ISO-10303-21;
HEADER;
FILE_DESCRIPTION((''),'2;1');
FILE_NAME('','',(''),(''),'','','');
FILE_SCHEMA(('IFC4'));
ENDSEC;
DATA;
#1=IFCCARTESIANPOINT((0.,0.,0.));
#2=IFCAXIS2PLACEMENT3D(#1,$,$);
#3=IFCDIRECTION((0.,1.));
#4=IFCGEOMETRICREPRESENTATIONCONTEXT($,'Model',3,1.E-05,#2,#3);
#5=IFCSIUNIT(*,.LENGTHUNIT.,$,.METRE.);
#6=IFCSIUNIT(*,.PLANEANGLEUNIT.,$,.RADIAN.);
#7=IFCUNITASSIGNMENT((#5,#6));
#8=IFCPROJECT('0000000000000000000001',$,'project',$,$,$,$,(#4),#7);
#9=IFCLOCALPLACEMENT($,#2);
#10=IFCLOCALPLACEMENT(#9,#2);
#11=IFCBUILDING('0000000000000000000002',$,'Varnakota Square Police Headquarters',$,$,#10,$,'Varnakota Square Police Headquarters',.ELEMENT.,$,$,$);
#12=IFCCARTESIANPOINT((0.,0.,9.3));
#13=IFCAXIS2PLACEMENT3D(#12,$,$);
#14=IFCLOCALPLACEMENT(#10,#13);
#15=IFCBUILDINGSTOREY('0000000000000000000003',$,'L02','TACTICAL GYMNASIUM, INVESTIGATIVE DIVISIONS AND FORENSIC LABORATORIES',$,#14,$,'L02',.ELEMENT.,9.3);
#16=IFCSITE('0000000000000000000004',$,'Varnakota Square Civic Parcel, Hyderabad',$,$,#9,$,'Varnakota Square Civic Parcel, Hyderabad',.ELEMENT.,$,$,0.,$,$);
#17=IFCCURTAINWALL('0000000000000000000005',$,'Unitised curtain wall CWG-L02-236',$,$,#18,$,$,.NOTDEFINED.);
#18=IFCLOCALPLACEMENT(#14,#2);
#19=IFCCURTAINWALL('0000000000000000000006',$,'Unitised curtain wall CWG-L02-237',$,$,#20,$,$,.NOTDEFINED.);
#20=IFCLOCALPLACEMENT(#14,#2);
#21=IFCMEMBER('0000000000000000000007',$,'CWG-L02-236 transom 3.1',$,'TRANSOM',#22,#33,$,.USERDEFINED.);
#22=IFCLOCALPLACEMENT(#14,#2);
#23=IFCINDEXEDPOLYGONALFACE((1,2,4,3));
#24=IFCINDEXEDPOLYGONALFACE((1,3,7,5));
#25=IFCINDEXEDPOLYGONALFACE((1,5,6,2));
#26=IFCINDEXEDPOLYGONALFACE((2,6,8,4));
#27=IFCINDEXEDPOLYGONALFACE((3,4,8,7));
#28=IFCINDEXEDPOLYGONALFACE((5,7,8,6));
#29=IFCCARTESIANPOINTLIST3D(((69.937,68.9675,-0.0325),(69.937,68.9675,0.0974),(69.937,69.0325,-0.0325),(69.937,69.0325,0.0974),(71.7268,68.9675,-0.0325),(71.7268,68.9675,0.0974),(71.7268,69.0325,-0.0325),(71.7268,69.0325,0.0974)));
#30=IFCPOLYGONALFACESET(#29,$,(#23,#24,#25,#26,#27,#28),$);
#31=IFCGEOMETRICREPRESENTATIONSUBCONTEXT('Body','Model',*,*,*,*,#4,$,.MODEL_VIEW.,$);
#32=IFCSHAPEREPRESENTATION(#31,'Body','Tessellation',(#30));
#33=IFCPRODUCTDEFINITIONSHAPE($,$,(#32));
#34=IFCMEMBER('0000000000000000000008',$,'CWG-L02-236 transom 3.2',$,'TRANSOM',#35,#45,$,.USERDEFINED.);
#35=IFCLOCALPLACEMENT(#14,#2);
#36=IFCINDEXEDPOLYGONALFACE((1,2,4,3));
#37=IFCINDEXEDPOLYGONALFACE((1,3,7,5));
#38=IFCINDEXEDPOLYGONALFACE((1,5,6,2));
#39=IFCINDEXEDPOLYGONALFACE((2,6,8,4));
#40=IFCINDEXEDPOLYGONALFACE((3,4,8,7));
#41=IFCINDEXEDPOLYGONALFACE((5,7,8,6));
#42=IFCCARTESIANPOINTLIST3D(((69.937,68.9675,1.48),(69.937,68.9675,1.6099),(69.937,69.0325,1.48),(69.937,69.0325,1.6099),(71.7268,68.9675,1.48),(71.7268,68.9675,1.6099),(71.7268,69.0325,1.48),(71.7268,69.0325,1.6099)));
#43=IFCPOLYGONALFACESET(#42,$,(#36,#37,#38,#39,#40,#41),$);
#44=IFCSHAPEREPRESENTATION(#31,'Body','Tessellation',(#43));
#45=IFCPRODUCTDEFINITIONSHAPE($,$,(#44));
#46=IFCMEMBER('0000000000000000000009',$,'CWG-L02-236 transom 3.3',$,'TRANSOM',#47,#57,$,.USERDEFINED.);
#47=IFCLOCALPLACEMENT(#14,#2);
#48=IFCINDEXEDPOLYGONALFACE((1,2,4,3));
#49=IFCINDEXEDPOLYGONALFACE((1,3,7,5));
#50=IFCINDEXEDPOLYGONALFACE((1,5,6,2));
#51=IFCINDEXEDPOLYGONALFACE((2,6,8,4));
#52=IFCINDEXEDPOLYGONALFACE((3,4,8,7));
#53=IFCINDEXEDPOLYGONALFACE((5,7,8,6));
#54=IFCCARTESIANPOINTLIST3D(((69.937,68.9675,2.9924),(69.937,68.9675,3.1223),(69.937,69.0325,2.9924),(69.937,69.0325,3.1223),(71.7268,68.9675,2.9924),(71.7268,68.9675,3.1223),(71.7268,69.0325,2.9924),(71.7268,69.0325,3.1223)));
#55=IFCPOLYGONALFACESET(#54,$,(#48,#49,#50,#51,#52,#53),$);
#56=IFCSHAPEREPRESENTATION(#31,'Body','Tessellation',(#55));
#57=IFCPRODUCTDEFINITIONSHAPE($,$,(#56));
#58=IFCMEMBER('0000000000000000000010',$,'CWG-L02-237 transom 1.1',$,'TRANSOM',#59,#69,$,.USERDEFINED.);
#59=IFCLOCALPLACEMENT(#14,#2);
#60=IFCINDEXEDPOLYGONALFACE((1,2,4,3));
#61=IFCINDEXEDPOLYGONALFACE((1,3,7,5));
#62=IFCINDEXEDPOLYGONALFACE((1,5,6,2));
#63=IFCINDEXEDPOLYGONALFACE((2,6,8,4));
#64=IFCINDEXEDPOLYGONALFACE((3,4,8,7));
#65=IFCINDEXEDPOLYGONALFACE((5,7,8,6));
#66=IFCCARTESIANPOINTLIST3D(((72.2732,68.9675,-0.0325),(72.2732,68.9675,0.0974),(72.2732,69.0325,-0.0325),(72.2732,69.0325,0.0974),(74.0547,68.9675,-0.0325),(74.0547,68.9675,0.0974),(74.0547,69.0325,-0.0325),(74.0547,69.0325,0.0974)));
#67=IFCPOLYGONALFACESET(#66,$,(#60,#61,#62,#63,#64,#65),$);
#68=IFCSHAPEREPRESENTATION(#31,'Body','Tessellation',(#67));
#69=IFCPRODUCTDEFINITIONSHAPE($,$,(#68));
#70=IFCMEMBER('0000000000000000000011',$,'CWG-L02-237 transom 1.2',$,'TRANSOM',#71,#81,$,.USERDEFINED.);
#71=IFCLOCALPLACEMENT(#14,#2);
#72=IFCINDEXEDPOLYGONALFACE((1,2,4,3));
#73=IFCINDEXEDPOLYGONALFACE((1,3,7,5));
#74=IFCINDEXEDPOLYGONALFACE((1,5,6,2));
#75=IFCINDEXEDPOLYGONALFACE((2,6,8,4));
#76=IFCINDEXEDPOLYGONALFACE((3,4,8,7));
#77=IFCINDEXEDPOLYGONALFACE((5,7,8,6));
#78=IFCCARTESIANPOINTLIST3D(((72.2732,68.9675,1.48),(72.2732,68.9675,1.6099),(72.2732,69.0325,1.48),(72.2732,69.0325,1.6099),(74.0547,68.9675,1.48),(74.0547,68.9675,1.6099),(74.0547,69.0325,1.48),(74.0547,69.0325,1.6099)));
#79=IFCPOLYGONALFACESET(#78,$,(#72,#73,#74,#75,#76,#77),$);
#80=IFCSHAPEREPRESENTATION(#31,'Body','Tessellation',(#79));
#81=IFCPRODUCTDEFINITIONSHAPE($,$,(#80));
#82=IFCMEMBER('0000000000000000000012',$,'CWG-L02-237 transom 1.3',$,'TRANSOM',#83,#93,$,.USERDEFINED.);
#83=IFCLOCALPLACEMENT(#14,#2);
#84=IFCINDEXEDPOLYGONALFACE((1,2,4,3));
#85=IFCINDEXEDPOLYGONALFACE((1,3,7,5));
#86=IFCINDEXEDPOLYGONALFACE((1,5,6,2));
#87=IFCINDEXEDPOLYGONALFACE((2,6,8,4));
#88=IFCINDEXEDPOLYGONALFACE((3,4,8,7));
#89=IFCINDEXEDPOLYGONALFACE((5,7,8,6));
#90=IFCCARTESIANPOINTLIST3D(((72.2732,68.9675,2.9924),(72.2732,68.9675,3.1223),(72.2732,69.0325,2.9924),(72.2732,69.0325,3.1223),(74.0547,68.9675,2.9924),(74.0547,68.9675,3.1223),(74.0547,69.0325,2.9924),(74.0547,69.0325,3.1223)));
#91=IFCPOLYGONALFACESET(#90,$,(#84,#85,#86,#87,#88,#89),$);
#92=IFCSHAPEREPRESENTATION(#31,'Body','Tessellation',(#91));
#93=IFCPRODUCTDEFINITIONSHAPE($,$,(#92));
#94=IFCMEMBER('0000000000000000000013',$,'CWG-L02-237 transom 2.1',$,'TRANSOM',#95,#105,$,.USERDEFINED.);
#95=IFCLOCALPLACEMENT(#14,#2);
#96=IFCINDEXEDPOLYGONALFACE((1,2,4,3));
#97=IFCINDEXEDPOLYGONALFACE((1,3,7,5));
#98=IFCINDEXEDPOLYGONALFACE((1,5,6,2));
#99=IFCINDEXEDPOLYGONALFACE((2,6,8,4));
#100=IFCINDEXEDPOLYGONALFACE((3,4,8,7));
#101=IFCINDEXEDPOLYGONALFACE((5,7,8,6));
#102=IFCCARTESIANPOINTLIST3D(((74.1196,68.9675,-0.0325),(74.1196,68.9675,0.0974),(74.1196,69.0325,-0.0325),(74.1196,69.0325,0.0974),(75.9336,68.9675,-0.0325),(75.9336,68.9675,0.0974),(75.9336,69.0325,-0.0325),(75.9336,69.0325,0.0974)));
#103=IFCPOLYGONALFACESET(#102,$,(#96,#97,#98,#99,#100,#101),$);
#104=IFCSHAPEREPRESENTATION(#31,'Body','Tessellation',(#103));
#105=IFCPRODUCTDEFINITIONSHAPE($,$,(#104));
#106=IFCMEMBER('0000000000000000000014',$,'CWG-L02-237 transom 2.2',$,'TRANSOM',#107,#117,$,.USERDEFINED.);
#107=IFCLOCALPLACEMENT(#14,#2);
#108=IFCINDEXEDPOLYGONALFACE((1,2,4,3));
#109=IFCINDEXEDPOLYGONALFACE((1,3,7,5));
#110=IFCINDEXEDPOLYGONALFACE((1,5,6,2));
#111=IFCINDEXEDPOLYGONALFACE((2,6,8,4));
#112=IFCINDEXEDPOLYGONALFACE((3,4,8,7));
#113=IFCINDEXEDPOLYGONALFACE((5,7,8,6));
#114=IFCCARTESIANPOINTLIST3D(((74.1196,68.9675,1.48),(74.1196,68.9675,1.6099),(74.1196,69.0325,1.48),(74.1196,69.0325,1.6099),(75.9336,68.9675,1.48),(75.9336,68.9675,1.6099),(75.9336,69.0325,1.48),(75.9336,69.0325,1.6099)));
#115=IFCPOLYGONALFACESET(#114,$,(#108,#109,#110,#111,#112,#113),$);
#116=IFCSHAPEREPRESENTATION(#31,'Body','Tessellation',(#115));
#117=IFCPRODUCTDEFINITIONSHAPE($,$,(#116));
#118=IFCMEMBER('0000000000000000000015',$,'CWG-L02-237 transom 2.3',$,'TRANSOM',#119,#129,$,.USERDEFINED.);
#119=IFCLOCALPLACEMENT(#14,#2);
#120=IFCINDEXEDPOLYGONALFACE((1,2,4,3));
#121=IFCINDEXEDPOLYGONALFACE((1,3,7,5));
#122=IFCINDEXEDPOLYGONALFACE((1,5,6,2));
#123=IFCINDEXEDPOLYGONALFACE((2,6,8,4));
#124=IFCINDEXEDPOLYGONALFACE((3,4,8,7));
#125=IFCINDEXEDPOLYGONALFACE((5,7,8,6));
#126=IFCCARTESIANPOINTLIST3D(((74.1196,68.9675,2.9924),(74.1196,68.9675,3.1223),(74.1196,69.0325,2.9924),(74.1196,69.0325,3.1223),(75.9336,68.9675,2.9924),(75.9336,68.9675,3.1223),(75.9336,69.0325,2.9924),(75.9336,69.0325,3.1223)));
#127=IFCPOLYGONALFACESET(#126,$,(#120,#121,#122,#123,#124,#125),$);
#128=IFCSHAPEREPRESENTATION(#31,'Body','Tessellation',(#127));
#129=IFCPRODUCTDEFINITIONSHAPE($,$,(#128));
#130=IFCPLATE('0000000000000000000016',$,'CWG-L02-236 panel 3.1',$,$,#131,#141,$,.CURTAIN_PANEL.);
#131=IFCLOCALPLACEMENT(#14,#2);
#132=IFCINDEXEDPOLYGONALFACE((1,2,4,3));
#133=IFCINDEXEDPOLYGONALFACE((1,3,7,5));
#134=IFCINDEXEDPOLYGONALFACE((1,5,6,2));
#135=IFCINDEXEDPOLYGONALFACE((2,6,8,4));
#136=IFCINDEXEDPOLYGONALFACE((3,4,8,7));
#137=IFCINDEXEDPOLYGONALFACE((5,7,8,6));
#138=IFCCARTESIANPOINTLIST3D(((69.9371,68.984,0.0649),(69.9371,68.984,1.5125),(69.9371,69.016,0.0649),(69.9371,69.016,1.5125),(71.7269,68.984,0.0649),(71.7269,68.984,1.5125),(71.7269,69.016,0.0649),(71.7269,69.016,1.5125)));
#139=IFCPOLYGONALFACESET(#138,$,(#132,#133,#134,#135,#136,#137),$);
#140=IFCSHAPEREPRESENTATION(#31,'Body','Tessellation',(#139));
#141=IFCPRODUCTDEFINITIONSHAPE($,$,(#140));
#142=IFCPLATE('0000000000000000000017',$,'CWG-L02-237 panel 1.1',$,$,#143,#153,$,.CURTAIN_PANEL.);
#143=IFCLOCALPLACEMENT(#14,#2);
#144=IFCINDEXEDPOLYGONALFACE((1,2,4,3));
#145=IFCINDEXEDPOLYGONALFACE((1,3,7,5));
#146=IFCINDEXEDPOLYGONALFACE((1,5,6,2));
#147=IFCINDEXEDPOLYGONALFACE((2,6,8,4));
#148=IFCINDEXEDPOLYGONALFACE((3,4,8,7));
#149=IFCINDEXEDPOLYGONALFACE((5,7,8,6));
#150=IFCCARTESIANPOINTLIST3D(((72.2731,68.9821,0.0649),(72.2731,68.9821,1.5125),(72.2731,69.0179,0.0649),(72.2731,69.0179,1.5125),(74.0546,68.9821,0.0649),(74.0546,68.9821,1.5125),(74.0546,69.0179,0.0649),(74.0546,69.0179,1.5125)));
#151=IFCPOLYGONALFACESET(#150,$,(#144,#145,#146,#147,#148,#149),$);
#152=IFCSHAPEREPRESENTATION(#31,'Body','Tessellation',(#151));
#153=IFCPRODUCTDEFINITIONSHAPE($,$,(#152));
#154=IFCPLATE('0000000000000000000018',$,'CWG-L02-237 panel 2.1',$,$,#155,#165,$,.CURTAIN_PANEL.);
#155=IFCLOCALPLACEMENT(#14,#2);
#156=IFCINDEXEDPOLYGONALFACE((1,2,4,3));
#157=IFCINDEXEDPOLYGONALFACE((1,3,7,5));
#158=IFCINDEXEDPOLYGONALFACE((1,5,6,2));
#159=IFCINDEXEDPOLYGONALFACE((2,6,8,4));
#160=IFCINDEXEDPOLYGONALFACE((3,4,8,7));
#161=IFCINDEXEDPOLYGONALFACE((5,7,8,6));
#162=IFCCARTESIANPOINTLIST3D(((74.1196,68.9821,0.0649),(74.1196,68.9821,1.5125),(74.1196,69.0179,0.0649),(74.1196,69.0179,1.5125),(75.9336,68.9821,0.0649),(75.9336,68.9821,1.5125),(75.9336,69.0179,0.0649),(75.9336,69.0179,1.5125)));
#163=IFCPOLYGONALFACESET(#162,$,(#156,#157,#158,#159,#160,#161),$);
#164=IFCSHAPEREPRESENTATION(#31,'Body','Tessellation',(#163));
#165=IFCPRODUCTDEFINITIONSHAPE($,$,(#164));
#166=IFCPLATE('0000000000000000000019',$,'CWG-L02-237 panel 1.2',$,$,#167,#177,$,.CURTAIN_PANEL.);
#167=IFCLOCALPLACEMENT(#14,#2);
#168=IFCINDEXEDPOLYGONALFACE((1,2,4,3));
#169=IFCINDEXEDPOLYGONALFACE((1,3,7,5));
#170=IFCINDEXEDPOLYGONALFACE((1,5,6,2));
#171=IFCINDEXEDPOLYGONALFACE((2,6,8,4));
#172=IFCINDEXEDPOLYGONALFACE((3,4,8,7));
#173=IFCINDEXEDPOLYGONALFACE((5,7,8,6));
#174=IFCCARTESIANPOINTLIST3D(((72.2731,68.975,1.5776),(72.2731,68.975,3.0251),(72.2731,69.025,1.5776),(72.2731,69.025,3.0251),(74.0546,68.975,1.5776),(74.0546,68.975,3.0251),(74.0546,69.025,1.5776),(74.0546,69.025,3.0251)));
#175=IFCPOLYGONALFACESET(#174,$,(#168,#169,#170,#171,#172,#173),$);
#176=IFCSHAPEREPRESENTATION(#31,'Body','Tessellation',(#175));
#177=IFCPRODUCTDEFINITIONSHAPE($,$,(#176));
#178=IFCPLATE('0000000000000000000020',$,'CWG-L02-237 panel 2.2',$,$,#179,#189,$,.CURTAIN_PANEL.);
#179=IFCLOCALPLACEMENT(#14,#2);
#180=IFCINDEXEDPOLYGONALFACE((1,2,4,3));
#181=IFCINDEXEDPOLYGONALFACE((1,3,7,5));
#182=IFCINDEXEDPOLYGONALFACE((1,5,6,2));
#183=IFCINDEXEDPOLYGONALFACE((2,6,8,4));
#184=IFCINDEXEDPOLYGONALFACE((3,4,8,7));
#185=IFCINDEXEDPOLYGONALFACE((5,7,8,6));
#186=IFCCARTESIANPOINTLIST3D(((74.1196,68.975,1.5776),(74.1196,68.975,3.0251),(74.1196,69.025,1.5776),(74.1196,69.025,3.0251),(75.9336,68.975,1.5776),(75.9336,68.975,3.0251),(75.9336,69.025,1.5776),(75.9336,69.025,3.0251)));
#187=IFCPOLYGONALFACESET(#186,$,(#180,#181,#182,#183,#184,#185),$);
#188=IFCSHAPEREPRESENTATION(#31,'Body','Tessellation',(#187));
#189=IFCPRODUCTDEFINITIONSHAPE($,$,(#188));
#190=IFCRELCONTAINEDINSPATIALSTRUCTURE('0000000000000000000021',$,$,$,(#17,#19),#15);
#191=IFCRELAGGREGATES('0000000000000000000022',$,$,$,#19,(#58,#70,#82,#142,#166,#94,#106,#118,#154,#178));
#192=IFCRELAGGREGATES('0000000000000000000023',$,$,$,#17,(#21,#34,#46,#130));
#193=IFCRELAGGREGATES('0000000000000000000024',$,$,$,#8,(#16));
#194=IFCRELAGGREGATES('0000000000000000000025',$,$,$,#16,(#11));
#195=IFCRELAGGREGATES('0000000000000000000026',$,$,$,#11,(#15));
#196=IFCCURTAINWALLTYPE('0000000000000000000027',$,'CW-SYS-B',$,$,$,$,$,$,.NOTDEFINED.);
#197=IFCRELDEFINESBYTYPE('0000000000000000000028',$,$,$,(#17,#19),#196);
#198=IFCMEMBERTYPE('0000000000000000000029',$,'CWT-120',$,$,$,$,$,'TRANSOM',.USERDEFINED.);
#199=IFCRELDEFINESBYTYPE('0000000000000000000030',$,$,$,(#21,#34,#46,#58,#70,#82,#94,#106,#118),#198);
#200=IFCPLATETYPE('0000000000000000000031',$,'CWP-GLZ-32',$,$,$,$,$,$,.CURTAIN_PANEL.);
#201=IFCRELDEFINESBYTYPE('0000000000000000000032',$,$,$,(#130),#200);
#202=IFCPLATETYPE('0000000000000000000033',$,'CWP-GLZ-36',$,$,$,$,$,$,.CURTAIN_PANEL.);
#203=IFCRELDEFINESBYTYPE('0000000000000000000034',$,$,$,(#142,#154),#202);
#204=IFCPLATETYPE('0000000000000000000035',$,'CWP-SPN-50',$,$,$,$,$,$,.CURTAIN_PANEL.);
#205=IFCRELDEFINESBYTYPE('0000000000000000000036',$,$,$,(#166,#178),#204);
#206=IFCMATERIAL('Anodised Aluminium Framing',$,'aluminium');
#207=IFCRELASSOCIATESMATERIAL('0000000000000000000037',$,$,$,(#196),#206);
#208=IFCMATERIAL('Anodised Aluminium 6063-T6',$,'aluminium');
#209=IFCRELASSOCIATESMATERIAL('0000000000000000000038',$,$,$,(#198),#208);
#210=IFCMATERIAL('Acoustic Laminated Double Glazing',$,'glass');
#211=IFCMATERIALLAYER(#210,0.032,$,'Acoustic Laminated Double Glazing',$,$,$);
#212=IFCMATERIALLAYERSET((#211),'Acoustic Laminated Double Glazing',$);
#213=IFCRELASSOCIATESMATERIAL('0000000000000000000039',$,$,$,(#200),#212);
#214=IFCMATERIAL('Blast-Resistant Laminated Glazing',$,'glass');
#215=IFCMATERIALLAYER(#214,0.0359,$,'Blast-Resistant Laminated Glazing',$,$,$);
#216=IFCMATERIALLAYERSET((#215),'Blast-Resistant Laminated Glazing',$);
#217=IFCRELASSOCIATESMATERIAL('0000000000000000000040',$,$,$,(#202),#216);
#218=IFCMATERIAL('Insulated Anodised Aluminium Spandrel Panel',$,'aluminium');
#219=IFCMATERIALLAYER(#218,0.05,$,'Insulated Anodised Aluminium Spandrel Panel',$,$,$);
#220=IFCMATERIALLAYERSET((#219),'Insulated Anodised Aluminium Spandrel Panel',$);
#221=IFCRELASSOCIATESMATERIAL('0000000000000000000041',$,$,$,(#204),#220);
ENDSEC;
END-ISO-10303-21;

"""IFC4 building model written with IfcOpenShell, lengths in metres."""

from ifc_helpers import new_model, si_unit, direction, frame, origin, origin_2d, place, context, subcontext, project, spatial, rectangle, extrude, material, layer, layer_set, material_profile, profile_set, type_object, element, aggregate, save


model = new_model("IFC4")

# Units and contexts
model_context = context("Model", 3, precision=1e-05, world=origin(), true_north=direction((0.0, 1.0)))
body_context = subcontext(model_context, "Body", "Model", "MODEL_VIEW")
ifc_project = project(units=[si_unit("LENGTHUNIT", "METRE"), si_unit("PLANEANGLEUNIT", "RADIAN")], contexts=[model_context])

# Site, building, storey
site_placement = place(None, origin())
site = spatial("IfcSite", under=ifc_project, at=site_placement, Name="Varnakota Square Civic Parcel, Hyderabad", LongName="Varnakota Square Civic Parcel, Hyderabad", CompositionType="ELEMENT", RefElevation=0.0)
building_placement = place(site_placement, origin())
building = spatial("IfcBuilding", under=site, at=building_placement, Name="Varnakota Square Police Headquarters", LongName="Varnakota Square Police Headquarters", CompositionType="ELEMENT")
storey_placement = place(building_placement, frame((0.0, 0.0, 9.3)))
storey = spatial("IfcBuildingStorey", under=building, at=storey_placement, Name="L02", Description="TACTICAL GYMNASIUM, INVESTIGATIVE DIVISIONS AND FORENSIC LABORATORIES", LongName="L02", CompositionType="ELEMENT", Elevation=9.3)

# Curtain walls
ifc_material_1 = material(Name="Anodised Aluminium Framing", Category="aluminium")
curtain_wall_type = type_object("IfcCurtainWallType", Name="CW-SYS-B", PredefinedType="NOTDEFINED", material=ifc_material_1)
curtain_wall_1_placement = place(storey_placement, origin())
curtain_wall_1 = element("IfcCurtainWall", 1, at=curtain_wall_1_placement, inside=storey, type_object=curtain_wall_type, Name="Unitised curtain wall CWG-L02-236", PredefinedType="NOTDEFINED")
ifc_material_2 = material(Name="Anodised Aluminium 6063-T6", Category="aluminium")
curtain_wall_2_placement = place(storey_placement, origin())
curtain_wall_2 = element("IfcCurtainWall", 2, at=curtain_wall_2_placement, inside=storey, type_object=curtain_wall_type, Name="Unitised curtain wall CWG-L02-237", PredefinedType="NOTDEFINED")

# Members
ifc_material_profile_1 = material_profile(ifc_material_2, rectangle(XDim=0.0649, YDim=0.1299, at=origin_2d()), Name="ALU TRANSOM 65x130")
ifc_profile_set_1 = profile_set([ifc_material_profile_1], Name="Anodised Aluminium 6063-T6")
member_type_1 = type_object("IfcMemberType", Name="CWT-120", ElementType="TRANSOM", PredefinedType="USERDEFINED", material=ifc_profile_set_1)
member_1_placement = place(storey_placement, frame((69.937, 69.0, 0.0325), z_axis=(1.0, 0.0, 0.0), x_axis=(0.0, 1.0, 0.0)))
member_1 = element("IfcMember", 3, at=member_1_placement, type_object=member_type_1, Name="CWG-L02-236 transom 3.1", ObjectType="TRANSOM", PredefinedType="USERDEFINED", context=body_context, shape_type="SweptSolid", body=[
    extrude(rectangle(XDim=0.0649, YDim=0.1299, at=origin_2d()), origin(), (0.0, 0.0, 1.0), 1.7898),
])
member_2_placement = place(storey_placement, frame((69.937, 69.0, 1.5449), z_axis=(1.0, 0.0, 0.0), x_axis=(0.0, 1.0, 0.0)))
member_2 = element("IfcMember", 4, at=member_2_placement, type_object=member_type_1, Name="CWG-L02-236 transom 3.2", ObjectType="TRANSOM", PredefinedType="USERDEFINED", context=body_context, shape_type="SweptSolid", body=[
    extrude(rectangle(XDim=0.0649, YDim=0.1299, at=origin_2d()), origin(), (0.0, 0.0, 1.0), 1.7898),
])
member_3_placement = place(storey_placement, frame((69.937, 69.0, 3.0574), z_axis=(1.0, 0.0, 0.0), x_axis=(0.0, 1.0, 0.0)))
member_3 = element("IfcMember", 5, at=member_3_placement, type_object=member_type_1, Name="CWG-L02-236 transom 3.3", ObjectType="TRANSOM", PredefinedType="USERDEFINED", context=body_context, shape_type="SweptSolid", body=[
    extrude(rectangle(XDim=0.0649, YDim=0.1299, at=origin_2d()), origin(), (0.0, 0.0, 1.0), 1.7898),
])
member_4_placement = place(storey_placement, frame((72.2732, 69.0, 0.0325), z_axis=(1.0, 0.0, 0.0), x_axis=(0.0, 1.0, 0.0)))
member_4 = element("IfcMember", 6, at=member_4_placement, type_object=member_type_1, Name="CWG-L02-237 transom 1.1", ObjectType="TRANSOM", PredefinedType="USERDEFINED", context=body_context, shape_type="SweptSolid", body=[
    extrude(rectangle(XDim=0.0649, YDim=0.1299, at=origin_2d()), origin(), (0.0, 0.0, 1.0), 1.7815),
])
member_5_placement = place(storey_placement, frame((72.2732, 69.0, 1.5449), z_axis=(1.0, 0.0, 0.0), x_axis=(0.0, 1.0, 0.0)))
member_5 = element("IfcMember", 7, at=member_5_placement, type_object=member_type_1, Name="CWG-L02-237 transom 1.2", ObjectType="TRANSOM", PredefinedType="USERDEFINED", context=body_context, shape_type="SweptSolid", body=[
    extrude(rectangle(XDim=0.0649, YDim=0.1299, at=origin_2d()), origin(), (0.0, 0.0, 1.0), 1.7815),
])
member_6_placement = place(storey_placement, frame((72.2732, 69.0, 3.0574), z_axis=(1.0, 0.0, 0.0), x_axis=(0.0, 1.0, 0.0)))
member_6 = element("IfcMember", 8, at=member_6_placement, type_object=member_type_1, Name="CWG-L02-237 transom 1.3", ObjectType="TRANSOM", PredefinedType="USERDEFINED", context=body_context, shape_type="SweptSolid", body=[
    extrude(rectangle(XDim=0.0649, YDim=0.1299, at=origin_2d()), origin(), (0.0, 0.0, 1.0), 1.7815),
])
member_7_placement = place(storey_placement, frame((74.1196, 69.0, 0.0325), z_axis=(1.0, 0.0, 0.0), x_axis=(0.0, 1.0, 0.0)))
member_7 = element("IfcMember", 9, at=member_7_placement, type_object=member_type_1, Name="CWG-L02-237 transom 2.1", ObjectType="TRANSOM", PredefinedType="USERDEFINED", context=body_context, shape_type="SweptSolid", body=[
    extrude(rectangle(XDim=0.0649, YDim=0.1299, at=origin_2d()), origin(), (0.0, 0.0, 1.0), 1.814),
])
member_8_placement = place(storey_placement, frame((74.1196, 69.0, 1.5449), z_axis=(1.0, 0.0, 0.0), x_axis=(0.0, 1.0, 0.0)))
member_8 = element("IfcMember", 10, at=member_8_placement, type_object=member_type_1, Name="CWG-L02-237 transom 2.2", ObjectType="TRANSOM", PredefinedType="USERDEFINED", context=body_context, shape_type="SweptSolid", body=[
    extrude(rectangle(XDim=0.0649, YDim=0.1299, at=origin_2d()), origin(), (0.0, 0.0, 1.0), 1.814),
])
member_9_placement = place(storey_placement, frame((74.1196, 69.0, 3.0574), z_axis=(1.0, 0.0, 0.0), x_axis=(0.0, 1.0, 0.0)))
member_9 = element("IfcMember", 11, at=member_9_placement, type_object=member_type_1, Name="CWG-L02-237 transom 2.3", ObjectType="TRANSOM", PredefinedType="USERDEFINED", context=body_context, shape_type="SweptSolid", body=[
    extrude(rectangle(XDim=0.0649, YDim=0.1299, at=origin_2d()), origin(), (0.0, 0.0, 1.0), 1.814),
])

# Plates
ifc_material_3 = material(Name="Acoustic Laminated Double Glazing", Category="glass")
ifc_layer_1 = layer(ifc_material_3, 0.032, Name="Acoustic Laminated Double Glazing")
ifc_layer_set_1 = layer_set([ifc_layer_1], Name="Acoustic Laminated Double Glazing")
plate_type_1 = type_object("IfcPlateType", Name="CWP-GLZ-32", PredefinedType="CURTAIN_PANEL", material=ifc_layer_set_1)
plate_1_placement = place(storey_placement, frame((70.832, 69.0, 0.0649), z_axis=(0.0, 0.0, 1.0), x_axis=(1.0, 0.0, 0.0)))
plate_1 = element("IfcPlate", 12, at=plate_1_placement, type_object=plate_type_1, Name="CWG-L02-236 panel 3.1", PredefinedType="CURTAIN_PANEL", context=body_context, shape_type="SweptSolid", body=[
    extrude(rectangle(XDim=1.7898, YDim=0.032, at=origin_2d()), origin(), (0.0, 0.0, 1.0), 1.4475),
])
ifc_material_4 = material(Name="Blast-Resistant Laminated Glazing", Category="glass")
ifc_layer_2 = layer(ifc_material_4, 0.0359, Name="Blast-Resistant Laminated Glazing")
ifc_layer_set_2 = layer_set([ifc_layer_2], Name="Blast-Resistant Laminated Glazing")
plate_type_2 = type_object("IfcPlateType", Name="CWP-GLZ-36", PredefinedType="CURTAIN_PANEL", material=ifc_layer_set_2)
plate_2_placement = place(storey_placement, frame((73.1638, 69.0, 0.0649), z_axis=(0.0, 0.0, 1.0), x_axis=(1.0, 0.0, 0.0)))
plate_2 = element("IfcPlate", 13, at=plate_2_placement, type_object=plate_type_2, Name="CWG-L02-237 panel 1.1", PredefinedType="CURTAIN_PANEL", context=body_context, shape_type="SweptSolid", body=[
    extrude(rectangle(XDim=1.7815, YDim=0.0359, at=origin_2d()), origin(), (0.0, 0.0, 1.0), 1.4475),
])
plate_3_placement = place(storey_placement, frame((75.0266, 69.0, 0.0649), z_axis=(0.0, 0.0, 1.0), x_axis=(1.0, 0.0, 0.0)))
plate_3 = element("IfcPlate", 14, at=plate_3_placement, type_object=plate_type_2, Name="CWG-L02-237 panel 2.1", PredefinedType="CURTAIN_PANEL", context=body_context, shape_type="SweptSolid", body=[
    extrude(rectangle(XDim=1.814, YDim=0.0359, at=origin_2d()), origin(), (0.0, 0.0, 1.0), 1.4475),
])
ifc_material_5 = material(Name="Insulated Anodised Aluminium Spandrel Panel", Category="aluminium")
ifc_layer_3 = layer(ifc_material_5, 0.05, Name="Insulated Anodised Aluminium Spandrel Panel")
ifc_layer_set_3 = layer_set([ifc_layer_3], Name="Insulated Anodised Aluminium Spandrel Panel")
plate_type_3 = type_object("IfcPlateType", Name="CWP-SPN-50", PredefinedType="CURTAIN_PANEL", material=ifc_layer_set_3)
plate_4_placement = place(storey_placement, frame((73.1638, 69.0, 1.5776), z_axis=(0.0, 0.0, 1.0), x_axis=(1.0, 0.0, 0.0)))
plate_4 = element("IfcPlate", 15, at=plate_4_placement, type_object=plate_type_3, Name="CWG-L02-237 panel 1.2", PredefinedType="CURTAIN_PANEL", context=body_context, shape_type="SweptSolid", body=[
    extrude(rectangle(XDim=1.7815, YDim=0.05, at=origin_2d()), origin(), (0.0, 0.0, 1.0), 1.4475),
])
plate_5_placement = place(storey_placement, frame((75.0266, 69.0, 1.5776), z_axis=(0.0, 0.0, 1.0), x_axis=(1.0, 0.0, 0.0)))
plate_5 = element("IfcPlate", 16, at=plate_5_placement, type_object=plate_type_3, Name="CWG-L02-237 panel 2.2", PredefinedType="CURTAIN_PANEL", context=body_context, shape_type="SweptSolid", body=[
    extrude(rectangle(XDim=1.814, YDim=0.05, at=origin_2d()), origin(), (0.0, 0.0, 1.0), 1.4475),
])
aggregate(curtain_wall_2, [member_4, member_5, member_6, plate_2, plate_4, member_7, member_8, member_9, plate_3, plate_5])
aggregate(curtain_wall_1, [member_1, member_2, member_3, plate_1])

save(model, "model.ifc")
